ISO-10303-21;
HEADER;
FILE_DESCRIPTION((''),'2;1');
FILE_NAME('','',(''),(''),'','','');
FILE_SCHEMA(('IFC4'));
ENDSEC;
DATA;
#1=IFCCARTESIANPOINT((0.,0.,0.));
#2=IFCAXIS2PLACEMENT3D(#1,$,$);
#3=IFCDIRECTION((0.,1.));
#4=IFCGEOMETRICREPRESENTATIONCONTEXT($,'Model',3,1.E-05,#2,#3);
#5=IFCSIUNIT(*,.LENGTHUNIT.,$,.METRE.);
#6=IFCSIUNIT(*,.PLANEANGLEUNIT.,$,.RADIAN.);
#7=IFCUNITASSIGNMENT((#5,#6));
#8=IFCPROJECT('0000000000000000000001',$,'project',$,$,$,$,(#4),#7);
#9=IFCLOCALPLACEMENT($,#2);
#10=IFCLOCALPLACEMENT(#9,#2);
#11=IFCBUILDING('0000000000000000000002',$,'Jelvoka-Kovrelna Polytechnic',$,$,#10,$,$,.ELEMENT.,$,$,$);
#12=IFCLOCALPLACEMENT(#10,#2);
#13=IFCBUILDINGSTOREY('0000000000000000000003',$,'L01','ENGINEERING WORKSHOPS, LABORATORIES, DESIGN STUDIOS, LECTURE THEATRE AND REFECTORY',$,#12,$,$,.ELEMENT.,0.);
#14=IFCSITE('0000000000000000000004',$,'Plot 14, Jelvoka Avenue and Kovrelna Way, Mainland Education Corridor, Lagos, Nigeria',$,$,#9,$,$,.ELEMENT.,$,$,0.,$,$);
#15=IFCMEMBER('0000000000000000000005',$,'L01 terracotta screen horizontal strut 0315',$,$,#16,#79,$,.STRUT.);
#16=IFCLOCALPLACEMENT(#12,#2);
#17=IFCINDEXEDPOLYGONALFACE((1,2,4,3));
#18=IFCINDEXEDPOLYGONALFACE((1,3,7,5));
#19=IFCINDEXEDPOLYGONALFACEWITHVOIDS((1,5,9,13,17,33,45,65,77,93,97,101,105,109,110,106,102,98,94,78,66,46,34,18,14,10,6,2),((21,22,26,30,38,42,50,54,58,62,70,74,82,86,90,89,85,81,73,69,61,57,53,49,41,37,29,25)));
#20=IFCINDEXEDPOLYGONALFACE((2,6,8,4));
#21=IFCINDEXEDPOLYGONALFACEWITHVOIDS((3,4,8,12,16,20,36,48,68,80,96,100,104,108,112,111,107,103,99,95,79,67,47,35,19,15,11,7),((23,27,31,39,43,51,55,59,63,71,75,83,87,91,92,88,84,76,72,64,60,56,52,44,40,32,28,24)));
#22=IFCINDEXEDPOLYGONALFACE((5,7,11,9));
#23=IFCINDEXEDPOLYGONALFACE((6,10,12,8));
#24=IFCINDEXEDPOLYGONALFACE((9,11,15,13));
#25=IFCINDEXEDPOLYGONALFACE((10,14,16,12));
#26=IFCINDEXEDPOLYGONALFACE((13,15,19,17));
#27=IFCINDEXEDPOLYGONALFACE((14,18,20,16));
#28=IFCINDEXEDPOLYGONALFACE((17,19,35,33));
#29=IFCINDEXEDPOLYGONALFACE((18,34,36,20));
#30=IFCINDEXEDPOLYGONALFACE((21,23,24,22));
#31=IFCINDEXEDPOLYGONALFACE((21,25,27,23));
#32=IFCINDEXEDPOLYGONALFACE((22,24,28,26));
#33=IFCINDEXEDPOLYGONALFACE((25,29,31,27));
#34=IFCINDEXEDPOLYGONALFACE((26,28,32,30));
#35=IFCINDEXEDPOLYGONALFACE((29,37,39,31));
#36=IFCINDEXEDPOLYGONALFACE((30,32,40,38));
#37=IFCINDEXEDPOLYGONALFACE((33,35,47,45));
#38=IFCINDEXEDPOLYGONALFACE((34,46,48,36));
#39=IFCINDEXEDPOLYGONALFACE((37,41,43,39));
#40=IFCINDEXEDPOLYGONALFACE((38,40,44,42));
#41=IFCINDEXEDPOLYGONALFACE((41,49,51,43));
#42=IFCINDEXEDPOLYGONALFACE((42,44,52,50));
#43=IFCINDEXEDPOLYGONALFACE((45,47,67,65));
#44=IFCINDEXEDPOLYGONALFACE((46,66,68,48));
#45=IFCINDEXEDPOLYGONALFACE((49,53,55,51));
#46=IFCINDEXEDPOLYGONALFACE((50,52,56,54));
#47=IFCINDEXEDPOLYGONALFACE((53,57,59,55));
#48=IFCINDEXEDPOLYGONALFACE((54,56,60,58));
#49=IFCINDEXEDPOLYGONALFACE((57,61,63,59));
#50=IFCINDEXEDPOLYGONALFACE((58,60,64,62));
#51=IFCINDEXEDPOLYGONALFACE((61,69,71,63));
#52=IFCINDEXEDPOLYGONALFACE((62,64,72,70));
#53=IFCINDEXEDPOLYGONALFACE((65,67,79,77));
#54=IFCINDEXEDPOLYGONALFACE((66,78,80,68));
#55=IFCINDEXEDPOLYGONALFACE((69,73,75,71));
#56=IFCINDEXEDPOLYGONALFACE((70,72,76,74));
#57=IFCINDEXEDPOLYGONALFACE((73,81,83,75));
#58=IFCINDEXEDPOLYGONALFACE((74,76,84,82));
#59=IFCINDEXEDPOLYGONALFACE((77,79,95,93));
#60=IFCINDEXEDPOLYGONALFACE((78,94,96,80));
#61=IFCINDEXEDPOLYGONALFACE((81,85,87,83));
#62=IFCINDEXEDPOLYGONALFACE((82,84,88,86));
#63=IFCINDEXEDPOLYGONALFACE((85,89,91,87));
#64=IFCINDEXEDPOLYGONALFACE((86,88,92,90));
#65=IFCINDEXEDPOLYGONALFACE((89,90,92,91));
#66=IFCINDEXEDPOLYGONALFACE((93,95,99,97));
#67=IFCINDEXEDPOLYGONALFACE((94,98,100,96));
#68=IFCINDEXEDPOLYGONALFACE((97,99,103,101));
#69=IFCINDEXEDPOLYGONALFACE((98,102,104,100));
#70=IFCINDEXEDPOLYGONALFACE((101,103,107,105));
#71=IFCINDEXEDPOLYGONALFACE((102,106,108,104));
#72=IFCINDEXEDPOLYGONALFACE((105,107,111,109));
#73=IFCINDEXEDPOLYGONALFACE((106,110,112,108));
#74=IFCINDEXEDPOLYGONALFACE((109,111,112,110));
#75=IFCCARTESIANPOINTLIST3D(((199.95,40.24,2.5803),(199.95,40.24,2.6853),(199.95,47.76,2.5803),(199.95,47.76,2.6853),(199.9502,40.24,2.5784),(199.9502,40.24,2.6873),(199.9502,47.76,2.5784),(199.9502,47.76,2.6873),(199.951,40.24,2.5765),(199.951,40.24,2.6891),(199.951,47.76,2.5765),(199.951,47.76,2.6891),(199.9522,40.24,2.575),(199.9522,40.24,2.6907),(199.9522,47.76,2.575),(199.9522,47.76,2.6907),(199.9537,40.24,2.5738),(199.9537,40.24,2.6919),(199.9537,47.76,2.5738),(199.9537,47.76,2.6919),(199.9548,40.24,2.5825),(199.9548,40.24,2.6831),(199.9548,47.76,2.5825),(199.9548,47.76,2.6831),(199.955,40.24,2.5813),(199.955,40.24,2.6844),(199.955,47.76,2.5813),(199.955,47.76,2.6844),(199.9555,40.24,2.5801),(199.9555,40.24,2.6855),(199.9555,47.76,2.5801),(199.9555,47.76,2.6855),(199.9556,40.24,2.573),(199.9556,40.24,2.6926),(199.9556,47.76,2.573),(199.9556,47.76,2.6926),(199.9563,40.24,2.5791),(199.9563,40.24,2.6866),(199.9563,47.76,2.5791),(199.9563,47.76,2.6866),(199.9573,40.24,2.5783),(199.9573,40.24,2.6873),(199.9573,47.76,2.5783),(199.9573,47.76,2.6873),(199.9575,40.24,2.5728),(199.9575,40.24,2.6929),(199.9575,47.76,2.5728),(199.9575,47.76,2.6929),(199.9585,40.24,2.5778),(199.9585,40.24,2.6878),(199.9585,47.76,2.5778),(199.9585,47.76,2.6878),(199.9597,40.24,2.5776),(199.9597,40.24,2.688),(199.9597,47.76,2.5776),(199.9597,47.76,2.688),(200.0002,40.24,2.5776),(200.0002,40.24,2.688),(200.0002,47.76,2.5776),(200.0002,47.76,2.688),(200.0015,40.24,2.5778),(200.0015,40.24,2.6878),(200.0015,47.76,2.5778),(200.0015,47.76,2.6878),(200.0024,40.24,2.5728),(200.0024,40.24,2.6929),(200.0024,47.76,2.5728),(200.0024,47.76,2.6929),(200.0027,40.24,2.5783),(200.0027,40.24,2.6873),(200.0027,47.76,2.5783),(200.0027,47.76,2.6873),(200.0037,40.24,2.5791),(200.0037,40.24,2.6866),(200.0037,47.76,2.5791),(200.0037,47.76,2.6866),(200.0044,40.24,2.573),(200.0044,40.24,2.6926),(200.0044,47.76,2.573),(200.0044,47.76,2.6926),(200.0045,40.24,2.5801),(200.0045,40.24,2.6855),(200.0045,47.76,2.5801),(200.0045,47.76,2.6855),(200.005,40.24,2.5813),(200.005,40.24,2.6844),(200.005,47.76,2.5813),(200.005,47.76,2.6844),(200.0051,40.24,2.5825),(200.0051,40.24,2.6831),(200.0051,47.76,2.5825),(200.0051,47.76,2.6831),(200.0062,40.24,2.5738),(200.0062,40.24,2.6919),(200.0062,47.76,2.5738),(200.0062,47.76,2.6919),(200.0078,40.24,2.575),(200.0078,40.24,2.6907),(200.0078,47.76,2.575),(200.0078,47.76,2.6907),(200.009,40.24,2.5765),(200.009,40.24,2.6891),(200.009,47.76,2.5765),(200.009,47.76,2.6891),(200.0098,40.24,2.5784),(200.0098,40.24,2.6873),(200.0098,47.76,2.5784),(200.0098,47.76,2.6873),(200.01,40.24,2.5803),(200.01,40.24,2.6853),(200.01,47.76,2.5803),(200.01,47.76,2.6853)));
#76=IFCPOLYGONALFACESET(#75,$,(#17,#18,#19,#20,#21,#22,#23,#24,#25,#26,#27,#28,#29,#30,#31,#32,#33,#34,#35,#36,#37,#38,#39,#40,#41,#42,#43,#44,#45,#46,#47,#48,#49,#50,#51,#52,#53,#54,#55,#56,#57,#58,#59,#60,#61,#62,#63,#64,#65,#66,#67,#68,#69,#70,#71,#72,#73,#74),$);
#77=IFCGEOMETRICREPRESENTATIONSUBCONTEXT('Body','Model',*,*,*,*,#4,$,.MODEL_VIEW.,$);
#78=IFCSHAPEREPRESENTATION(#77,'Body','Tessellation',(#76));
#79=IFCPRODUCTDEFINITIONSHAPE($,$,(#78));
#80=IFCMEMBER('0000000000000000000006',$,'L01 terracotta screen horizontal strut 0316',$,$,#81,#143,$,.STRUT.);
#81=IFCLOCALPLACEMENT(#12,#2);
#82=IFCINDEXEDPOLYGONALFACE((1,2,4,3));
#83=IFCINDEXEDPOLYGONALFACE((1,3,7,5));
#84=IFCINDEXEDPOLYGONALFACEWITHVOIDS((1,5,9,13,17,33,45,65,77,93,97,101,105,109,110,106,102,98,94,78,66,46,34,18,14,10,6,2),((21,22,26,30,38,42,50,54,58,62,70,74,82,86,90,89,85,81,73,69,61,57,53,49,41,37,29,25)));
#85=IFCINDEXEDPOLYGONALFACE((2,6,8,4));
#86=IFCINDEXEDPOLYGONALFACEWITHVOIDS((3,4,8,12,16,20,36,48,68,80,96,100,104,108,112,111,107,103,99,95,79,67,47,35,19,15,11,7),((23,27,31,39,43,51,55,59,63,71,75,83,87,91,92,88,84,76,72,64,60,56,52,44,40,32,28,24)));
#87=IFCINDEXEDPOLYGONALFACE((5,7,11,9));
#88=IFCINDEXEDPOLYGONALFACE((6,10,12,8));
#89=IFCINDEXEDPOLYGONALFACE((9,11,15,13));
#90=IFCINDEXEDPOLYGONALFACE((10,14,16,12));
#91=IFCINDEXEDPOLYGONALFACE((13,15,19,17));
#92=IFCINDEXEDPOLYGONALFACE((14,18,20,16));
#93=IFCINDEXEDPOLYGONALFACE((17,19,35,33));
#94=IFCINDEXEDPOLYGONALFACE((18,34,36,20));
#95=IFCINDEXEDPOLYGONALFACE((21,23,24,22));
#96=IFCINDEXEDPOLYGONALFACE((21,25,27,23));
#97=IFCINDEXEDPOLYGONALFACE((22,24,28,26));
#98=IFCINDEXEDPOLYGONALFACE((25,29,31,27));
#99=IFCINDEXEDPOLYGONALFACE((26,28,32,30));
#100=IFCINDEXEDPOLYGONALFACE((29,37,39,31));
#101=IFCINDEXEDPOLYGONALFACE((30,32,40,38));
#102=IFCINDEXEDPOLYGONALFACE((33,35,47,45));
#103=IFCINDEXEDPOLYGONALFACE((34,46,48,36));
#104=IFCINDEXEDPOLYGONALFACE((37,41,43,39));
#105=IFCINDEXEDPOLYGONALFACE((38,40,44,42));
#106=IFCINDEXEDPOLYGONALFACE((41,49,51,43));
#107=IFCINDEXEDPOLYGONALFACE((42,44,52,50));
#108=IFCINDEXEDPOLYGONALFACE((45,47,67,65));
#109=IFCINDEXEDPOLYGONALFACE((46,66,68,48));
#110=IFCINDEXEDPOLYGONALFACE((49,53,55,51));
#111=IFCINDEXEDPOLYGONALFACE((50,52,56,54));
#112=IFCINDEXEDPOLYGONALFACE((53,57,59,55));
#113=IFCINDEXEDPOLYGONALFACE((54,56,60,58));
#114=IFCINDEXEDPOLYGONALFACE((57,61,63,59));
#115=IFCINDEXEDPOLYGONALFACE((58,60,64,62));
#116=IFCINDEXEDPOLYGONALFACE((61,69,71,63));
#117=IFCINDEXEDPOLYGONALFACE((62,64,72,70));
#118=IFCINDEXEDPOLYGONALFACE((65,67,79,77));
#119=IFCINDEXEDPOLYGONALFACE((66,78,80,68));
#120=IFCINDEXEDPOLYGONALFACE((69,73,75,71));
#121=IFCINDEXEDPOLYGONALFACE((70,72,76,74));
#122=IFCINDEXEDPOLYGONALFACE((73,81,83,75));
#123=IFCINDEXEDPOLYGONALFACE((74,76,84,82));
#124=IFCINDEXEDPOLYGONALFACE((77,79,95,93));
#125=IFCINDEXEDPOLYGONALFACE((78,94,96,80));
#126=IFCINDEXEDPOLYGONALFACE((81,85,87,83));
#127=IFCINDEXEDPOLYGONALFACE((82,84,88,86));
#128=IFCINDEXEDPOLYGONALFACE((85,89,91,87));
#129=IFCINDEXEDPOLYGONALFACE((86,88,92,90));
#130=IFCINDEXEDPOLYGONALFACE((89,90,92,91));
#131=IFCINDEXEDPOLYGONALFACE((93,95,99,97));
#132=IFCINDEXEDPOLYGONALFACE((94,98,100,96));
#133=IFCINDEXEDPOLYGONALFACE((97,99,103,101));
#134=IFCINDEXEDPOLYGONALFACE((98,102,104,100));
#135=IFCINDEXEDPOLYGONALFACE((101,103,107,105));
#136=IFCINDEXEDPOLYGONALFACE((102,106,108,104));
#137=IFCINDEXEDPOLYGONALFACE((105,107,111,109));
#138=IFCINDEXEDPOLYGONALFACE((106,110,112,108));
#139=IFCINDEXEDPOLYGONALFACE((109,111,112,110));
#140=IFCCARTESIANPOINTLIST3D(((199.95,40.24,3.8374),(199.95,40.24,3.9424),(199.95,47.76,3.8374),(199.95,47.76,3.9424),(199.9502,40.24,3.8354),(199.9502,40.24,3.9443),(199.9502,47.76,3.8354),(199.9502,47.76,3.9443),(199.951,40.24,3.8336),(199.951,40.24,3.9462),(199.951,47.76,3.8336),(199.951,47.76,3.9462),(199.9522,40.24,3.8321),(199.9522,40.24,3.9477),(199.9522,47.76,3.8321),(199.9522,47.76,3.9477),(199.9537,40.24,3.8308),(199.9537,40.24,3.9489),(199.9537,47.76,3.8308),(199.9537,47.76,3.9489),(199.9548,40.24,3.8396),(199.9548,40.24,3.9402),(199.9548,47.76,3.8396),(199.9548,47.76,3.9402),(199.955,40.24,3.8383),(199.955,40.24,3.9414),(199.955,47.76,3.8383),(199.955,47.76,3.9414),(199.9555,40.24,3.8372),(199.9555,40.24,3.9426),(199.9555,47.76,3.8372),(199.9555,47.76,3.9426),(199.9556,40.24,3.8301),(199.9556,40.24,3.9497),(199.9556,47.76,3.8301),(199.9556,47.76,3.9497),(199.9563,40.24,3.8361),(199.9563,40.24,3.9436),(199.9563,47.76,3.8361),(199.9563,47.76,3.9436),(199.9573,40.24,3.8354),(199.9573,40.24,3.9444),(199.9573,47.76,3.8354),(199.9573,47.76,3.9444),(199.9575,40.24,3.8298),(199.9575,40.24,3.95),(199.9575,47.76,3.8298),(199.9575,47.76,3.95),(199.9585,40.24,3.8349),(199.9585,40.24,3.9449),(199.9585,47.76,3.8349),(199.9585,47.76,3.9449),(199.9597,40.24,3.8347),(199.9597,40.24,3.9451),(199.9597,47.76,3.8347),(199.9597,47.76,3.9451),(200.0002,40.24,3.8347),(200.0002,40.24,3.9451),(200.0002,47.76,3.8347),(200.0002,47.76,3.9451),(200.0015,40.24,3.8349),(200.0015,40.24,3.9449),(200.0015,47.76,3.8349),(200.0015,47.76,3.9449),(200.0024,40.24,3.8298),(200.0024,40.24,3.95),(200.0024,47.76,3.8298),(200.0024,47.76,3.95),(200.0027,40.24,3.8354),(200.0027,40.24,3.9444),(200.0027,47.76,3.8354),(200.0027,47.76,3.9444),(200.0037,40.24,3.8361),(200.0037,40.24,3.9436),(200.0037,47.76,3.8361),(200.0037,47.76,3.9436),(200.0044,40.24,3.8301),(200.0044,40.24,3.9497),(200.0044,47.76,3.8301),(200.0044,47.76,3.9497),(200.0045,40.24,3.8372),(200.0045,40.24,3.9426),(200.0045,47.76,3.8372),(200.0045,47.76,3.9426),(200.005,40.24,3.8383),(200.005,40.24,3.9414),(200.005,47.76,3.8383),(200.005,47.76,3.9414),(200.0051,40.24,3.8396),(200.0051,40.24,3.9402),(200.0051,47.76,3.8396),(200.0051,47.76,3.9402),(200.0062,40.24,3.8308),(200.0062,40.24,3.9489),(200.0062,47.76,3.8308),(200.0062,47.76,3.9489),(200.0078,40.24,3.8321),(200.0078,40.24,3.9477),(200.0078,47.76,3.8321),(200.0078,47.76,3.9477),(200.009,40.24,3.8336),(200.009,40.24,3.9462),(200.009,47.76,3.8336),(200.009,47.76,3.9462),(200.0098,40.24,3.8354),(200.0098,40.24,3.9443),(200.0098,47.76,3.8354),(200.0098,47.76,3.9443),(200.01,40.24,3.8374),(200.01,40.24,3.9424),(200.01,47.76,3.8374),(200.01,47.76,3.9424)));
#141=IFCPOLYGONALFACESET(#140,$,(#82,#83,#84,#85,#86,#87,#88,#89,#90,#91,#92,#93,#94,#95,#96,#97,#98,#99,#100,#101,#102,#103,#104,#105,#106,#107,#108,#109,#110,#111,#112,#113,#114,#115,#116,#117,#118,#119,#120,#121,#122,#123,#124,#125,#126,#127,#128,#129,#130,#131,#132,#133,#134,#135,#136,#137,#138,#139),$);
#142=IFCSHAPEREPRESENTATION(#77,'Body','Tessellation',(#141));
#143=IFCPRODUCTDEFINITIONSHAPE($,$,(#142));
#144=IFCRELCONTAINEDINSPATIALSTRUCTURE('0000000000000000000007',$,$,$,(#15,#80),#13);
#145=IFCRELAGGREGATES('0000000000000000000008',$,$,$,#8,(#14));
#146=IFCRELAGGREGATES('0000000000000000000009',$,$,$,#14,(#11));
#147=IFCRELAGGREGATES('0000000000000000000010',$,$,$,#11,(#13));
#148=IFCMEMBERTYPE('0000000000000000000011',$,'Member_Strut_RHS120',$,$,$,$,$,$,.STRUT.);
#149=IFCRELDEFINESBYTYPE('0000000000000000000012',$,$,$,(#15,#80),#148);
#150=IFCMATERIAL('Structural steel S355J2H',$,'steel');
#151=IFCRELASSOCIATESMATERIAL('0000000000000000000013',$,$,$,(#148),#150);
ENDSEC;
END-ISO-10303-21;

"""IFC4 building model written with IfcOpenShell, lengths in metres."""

from ifc_helpers import new_model, si_unit, direction, frame, origin, origin_2d, place, context, subcontext, project, spatial, hollow_rectangle, extrude, material, material_profile, profile_set, type_object, element, save


model = new_model("IFC4")

# Units and contexts
model_context = context("Model", 3, precision=1e-05, world=origin(), true_north=direction((0.0, 1.0)))
body_context = subcontext(model_context, "Body", "Model", "MODEL_VIEW")
ifc_project = project(units=[si_unit("LENGTHUNIT", "METRE"), si_unit("PLANEANGLEUNIT", "RADIAN")], contexts=[model_context])

# Site, building, storey
site_placement = place(None, origin())
site = spatial("IfcSite", under=ifc_project, at=site_placement, Name="Plot 14, Jelvoka Avenue and Kovrelna Way, Mainland Education Corridor, Lagos, Nigeria", CompositionType="ELEMENT", RefElevation=0.0)
building_placement = place(site_placement, origin())
building = spatial("IfcBuilding", under=site, at=building_placement, Name="Jelvoka-Kovrelna Polytechnic", CompositionType="ELEMENT")
storey_placement = place(building_placement, origin())
storey = spatial("IfcBuildingStorey", under=building, at=storey_placement, Name="L01", Description="ENGINEERING WORKSHOPS, LABORATORIES, DESIGN STUDIOS, LECTURE THEATRE AND REFECTORY", CompositionType="ELEMENT", Elevation=0.0)

# Members
ifc_material_1 = material(Name="Structural steel S355J2H", Category="steel")
ifc_material_profile_1 = material_profile(ifc_material_1, hollow_rectangle(XDim=0.0601, YDim=0.1201, WallThickness=0.0049, InnerFilletRadius=0.0049, OuterFilletRadius=0.0076, at=origin_2d()), Name="120x60x5.0 RHS")
ifc_profile_set_1 = profile_set([ifc_material_profile_1], Name="Structural steel S355J2H")
member_type_1 = type_object("IfcMemberType", Name="Member_Strut_RHS120", PredefinedType="STRUT", material=ifc_profile_set_1)
for number, where, z_axis, x_axis, name in (
    (1, (199.98, 40.24, 2.6328), (0.0, 1.0, 0.0), (-1.0, 0.0, 0.0), "L01 terracotta screen horizontal strut 0315"),
    (2, (199.98, 40.24, 3.8899), (0.0, 1.0, 0.0), (-1.0, 0.0, 0.0), "L01 terracotta screen horizontal strut 0316"),
):
    element("IfcMember", number, at=place(storey_placement, frame(where, z_axis=z_axis, x_axis=x_axis)), inside=storey, type_object=member_type_1, Name=name, PredefinedType="STRUT", context=body_context, shape_type="SweptSolid", body=[
        extrude(hollow_rectangle(XDim=0.0601, YDim=0.1201, WallThickness=0.0049, InnerFilletRadius=0.0049, OuterFilletRadius=0.0076, at=origin_2d()), origin(), (0.0, 0.0, 1.0), 7.52),
    ])

save(model, "model.ifc")
